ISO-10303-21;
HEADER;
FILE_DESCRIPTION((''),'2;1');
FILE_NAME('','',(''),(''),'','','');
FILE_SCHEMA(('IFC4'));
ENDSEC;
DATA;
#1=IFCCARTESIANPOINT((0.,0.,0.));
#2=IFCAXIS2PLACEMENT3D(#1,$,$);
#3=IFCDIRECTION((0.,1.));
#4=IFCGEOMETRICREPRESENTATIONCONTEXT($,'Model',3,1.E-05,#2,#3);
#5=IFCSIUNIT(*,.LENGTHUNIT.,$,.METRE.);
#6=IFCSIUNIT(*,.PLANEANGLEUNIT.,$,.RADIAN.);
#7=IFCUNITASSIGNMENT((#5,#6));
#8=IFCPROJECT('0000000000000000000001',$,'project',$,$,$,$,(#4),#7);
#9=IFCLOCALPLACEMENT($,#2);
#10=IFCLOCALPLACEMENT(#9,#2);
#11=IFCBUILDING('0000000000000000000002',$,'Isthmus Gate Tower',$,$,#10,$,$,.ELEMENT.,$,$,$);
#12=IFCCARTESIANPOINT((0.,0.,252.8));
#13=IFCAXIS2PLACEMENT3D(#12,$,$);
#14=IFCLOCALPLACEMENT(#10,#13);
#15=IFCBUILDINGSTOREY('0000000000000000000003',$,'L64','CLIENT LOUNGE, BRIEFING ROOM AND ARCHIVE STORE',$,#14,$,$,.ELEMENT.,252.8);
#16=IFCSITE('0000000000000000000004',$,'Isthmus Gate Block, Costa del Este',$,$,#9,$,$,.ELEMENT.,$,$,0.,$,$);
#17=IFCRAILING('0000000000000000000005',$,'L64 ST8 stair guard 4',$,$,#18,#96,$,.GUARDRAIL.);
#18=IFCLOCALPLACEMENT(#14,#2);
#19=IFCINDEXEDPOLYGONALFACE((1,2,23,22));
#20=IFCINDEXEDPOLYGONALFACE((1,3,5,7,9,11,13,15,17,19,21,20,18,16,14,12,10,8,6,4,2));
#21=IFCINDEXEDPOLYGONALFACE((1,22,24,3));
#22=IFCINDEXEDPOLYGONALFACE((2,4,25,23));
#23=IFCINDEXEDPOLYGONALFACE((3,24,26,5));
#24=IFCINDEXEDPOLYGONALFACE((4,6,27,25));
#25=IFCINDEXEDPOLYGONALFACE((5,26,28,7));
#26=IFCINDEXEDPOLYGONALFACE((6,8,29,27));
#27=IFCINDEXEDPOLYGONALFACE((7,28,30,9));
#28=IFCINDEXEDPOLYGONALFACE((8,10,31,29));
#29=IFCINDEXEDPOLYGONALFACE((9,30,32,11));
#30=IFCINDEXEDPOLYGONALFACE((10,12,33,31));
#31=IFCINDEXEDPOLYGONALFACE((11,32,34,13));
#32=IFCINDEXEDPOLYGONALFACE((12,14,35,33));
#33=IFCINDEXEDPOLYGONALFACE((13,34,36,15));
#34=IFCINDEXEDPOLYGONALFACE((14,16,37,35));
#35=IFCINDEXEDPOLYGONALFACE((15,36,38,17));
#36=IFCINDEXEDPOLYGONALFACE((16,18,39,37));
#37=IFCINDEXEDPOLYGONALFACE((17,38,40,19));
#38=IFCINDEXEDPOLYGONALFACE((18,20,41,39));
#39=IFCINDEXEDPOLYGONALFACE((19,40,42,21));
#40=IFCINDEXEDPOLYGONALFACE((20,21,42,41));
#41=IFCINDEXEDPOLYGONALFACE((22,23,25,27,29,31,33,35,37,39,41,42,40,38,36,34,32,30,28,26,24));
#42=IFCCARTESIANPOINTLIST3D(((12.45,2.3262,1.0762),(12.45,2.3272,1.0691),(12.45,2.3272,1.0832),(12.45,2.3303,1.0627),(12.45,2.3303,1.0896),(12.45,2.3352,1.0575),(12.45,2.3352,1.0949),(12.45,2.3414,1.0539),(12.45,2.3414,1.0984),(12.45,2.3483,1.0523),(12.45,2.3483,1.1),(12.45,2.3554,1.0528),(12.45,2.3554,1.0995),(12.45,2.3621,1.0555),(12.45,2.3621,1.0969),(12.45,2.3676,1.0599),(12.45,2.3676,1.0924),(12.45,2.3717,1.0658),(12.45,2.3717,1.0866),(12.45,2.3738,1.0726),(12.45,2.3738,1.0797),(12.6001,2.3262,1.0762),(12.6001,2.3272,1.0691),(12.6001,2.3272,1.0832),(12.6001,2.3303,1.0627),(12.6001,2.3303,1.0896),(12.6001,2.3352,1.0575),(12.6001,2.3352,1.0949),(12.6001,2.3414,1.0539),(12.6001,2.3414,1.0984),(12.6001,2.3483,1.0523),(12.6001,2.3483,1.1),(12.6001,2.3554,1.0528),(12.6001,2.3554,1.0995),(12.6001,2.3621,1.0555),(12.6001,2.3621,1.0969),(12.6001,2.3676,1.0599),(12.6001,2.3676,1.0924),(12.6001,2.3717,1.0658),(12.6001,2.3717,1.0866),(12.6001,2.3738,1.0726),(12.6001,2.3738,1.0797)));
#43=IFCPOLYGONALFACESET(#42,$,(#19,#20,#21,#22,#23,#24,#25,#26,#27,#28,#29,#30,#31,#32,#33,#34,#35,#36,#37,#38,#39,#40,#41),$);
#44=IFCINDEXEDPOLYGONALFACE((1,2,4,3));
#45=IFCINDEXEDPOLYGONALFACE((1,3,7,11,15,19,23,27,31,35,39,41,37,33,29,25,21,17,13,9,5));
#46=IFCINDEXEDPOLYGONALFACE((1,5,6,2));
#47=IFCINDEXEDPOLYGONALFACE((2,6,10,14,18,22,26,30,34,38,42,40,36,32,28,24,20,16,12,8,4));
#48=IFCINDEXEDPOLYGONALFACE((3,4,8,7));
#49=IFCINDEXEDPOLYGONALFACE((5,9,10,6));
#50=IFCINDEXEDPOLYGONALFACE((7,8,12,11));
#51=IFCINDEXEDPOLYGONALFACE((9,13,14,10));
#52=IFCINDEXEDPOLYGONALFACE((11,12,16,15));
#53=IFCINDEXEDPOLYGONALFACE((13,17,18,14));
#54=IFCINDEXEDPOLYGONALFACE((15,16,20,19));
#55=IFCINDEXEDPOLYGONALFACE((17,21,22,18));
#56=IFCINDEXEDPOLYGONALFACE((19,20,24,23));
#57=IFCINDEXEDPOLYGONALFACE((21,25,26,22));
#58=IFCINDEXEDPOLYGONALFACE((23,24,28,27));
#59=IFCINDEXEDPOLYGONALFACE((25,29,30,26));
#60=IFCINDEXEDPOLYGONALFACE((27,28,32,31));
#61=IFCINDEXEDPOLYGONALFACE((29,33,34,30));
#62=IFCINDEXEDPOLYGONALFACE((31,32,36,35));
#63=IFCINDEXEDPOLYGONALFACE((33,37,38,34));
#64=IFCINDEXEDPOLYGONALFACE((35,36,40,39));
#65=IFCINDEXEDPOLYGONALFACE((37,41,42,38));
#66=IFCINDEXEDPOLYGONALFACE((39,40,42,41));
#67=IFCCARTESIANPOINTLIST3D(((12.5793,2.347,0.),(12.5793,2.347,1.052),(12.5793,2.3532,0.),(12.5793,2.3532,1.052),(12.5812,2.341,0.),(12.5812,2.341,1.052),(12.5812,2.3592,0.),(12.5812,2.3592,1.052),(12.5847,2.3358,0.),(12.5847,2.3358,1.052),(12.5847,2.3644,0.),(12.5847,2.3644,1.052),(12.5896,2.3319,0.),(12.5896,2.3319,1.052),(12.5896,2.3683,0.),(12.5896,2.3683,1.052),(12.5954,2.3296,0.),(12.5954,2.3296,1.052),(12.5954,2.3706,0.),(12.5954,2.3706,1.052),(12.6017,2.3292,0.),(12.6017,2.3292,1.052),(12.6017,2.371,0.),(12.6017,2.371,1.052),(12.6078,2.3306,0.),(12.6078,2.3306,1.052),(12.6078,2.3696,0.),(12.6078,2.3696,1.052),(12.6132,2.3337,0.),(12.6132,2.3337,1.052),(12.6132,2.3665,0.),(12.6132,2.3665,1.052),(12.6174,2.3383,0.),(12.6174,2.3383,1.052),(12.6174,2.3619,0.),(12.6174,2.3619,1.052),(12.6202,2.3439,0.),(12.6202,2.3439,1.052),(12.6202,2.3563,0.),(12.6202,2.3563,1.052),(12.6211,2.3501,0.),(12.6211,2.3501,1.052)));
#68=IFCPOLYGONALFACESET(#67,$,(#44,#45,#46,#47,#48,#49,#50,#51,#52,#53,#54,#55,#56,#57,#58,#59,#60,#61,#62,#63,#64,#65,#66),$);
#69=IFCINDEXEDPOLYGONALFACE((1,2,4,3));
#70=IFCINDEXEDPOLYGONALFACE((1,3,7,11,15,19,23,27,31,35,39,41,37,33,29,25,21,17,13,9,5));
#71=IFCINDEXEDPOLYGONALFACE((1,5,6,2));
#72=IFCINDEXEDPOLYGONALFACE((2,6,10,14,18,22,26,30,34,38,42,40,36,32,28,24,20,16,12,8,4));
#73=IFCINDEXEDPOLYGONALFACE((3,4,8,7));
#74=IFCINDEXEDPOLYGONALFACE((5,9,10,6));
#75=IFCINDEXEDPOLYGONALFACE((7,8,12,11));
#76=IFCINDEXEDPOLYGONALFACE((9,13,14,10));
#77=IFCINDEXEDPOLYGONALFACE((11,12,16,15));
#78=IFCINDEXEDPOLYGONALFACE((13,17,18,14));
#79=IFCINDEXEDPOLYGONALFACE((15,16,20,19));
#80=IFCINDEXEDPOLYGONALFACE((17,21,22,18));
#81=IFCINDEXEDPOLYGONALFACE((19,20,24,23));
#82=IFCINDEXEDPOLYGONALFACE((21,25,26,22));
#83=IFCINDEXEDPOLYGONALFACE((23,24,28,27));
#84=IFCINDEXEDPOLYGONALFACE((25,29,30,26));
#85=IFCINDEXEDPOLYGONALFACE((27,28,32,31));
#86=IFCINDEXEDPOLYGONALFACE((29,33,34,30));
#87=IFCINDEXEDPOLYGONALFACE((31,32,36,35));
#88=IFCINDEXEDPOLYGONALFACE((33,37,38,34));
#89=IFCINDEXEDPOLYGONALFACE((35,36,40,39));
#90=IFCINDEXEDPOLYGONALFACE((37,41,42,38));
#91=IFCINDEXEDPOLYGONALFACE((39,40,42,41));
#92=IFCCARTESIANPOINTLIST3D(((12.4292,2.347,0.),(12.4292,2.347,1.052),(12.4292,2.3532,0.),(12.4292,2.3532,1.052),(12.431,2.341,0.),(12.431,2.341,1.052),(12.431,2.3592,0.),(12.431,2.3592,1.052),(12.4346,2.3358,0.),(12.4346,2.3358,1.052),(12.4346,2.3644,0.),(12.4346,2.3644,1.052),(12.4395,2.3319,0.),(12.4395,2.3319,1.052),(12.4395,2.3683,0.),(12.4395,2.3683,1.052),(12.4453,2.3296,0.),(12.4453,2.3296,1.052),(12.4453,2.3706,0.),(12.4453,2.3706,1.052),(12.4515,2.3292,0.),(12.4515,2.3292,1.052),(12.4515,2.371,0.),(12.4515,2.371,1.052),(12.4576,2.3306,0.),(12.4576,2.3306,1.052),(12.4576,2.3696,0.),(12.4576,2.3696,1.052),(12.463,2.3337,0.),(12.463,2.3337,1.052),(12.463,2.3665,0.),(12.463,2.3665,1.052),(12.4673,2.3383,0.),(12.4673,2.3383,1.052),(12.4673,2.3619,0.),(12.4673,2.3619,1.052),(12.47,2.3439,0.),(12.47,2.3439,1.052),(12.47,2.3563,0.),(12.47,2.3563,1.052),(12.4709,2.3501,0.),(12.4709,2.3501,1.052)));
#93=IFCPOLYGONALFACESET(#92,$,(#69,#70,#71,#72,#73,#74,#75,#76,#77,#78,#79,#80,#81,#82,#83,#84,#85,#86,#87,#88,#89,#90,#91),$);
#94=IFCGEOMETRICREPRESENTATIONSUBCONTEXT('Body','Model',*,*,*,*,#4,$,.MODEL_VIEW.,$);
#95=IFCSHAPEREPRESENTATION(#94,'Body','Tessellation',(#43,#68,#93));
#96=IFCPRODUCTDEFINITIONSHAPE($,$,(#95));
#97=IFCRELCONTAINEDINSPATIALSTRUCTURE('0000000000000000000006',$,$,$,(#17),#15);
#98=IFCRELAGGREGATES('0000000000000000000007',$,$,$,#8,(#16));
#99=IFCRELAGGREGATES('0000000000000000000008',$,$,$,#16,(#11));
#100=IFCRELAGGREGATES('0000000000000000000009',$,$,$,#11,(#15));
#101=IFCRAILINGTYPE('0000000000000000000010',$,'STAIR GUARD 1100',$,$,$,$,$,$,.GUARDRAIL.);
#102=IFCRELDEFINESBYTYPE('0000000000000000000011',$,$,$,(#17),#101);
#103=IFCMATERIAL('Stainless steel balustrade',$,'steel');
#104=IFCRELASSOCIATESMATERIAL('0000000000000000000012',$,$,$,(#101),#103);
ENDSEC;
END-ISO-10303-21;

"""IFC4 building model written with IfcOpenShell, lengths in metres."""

from ifc_helpers import new_model, si_unit, direction, frame, origin, origin_2d, place, context, subcontext, project, spatial, circle, extrude, material, type_object, element, save


model = new_model("IFC4")

# Units and contexts
model_context = context("Model", 3, precision=1e-05, world=origin(), true_north=direction((0.0, 1.0)))
body_context = subcontext(model_context, "Body", "Model", "MODEL_VIEW")
ifc_project = project(units=[si_unit("LENGTHUNIT", "METRE"), si_unit("PLANEANGLEUNIT", "RADIAN")], contexts=[model_context])

# Site, building, storey
site_placement = place(None, origin())
site = spatial("IfcSite", under=ifc_project, at=site_placement, Name="Isthmus Gate Block, Costa del Este", CompositionType="ELEMENT", RefElevation=0.0)
building_placement = place(site_placement, origin())
building = spatial("IfcBuilding", under=site, at=building_placement, Name="Isthmus Gate Tower", CompositionType="ELEMENT")
storey_placement = place(building_placement, frame((0.0, 0.0, 252.8)))
storey = spatial("IfcBuildingStorey", under=building, at=storey_placement, Name="L64", Description="CLIENT LOUNGE, BRIEFING ROOM AND ARCHIVE STORE", CompositionType="ELEMENT", Elevation=252.8)

# Railing
ifc_material_1 = material(Name="Stainless steel balustrade", Category="steel")
railing_type_1 = type_object("IfcRailingType", Name="STAIR GUARD 1100", PredefinedType="GUARDRAIL", material=ifc_material_1)
railing_1_placement = place(storey_placement, frame((12.6001, 2.3501, 0.0)))
element("IfcRailing", 1, at=railing_1_placement, inside=storey, type_object=railing_type_1, Name="L64 ST8 stair guard 4", PredefinedType="GUARDRAIL", context=body_context, shape_type="SweptSolid", body=[
    extrude(circle(Radius=0.0239, at=origin_2d()), frame((0.0, 0.0, 1.0762), z_axis=(-1.0, 0.0, 0.0), x_axis=(0.0, -1.0, 0.0)), (0.0, 0.0, 1.0), 0.1501),
    extrude(circle(Radius=0.021, at=origin_2d()), origin(), (0.0, 0.0, 1.0), 1.052),
    extrude(circle(Radius=0.021, at=origin_2d()), frame((-0.1501, 0.0, 0.0)), (0.0, 0.0, 1.0), 1.052),
])

save(model, "model.ifc")
